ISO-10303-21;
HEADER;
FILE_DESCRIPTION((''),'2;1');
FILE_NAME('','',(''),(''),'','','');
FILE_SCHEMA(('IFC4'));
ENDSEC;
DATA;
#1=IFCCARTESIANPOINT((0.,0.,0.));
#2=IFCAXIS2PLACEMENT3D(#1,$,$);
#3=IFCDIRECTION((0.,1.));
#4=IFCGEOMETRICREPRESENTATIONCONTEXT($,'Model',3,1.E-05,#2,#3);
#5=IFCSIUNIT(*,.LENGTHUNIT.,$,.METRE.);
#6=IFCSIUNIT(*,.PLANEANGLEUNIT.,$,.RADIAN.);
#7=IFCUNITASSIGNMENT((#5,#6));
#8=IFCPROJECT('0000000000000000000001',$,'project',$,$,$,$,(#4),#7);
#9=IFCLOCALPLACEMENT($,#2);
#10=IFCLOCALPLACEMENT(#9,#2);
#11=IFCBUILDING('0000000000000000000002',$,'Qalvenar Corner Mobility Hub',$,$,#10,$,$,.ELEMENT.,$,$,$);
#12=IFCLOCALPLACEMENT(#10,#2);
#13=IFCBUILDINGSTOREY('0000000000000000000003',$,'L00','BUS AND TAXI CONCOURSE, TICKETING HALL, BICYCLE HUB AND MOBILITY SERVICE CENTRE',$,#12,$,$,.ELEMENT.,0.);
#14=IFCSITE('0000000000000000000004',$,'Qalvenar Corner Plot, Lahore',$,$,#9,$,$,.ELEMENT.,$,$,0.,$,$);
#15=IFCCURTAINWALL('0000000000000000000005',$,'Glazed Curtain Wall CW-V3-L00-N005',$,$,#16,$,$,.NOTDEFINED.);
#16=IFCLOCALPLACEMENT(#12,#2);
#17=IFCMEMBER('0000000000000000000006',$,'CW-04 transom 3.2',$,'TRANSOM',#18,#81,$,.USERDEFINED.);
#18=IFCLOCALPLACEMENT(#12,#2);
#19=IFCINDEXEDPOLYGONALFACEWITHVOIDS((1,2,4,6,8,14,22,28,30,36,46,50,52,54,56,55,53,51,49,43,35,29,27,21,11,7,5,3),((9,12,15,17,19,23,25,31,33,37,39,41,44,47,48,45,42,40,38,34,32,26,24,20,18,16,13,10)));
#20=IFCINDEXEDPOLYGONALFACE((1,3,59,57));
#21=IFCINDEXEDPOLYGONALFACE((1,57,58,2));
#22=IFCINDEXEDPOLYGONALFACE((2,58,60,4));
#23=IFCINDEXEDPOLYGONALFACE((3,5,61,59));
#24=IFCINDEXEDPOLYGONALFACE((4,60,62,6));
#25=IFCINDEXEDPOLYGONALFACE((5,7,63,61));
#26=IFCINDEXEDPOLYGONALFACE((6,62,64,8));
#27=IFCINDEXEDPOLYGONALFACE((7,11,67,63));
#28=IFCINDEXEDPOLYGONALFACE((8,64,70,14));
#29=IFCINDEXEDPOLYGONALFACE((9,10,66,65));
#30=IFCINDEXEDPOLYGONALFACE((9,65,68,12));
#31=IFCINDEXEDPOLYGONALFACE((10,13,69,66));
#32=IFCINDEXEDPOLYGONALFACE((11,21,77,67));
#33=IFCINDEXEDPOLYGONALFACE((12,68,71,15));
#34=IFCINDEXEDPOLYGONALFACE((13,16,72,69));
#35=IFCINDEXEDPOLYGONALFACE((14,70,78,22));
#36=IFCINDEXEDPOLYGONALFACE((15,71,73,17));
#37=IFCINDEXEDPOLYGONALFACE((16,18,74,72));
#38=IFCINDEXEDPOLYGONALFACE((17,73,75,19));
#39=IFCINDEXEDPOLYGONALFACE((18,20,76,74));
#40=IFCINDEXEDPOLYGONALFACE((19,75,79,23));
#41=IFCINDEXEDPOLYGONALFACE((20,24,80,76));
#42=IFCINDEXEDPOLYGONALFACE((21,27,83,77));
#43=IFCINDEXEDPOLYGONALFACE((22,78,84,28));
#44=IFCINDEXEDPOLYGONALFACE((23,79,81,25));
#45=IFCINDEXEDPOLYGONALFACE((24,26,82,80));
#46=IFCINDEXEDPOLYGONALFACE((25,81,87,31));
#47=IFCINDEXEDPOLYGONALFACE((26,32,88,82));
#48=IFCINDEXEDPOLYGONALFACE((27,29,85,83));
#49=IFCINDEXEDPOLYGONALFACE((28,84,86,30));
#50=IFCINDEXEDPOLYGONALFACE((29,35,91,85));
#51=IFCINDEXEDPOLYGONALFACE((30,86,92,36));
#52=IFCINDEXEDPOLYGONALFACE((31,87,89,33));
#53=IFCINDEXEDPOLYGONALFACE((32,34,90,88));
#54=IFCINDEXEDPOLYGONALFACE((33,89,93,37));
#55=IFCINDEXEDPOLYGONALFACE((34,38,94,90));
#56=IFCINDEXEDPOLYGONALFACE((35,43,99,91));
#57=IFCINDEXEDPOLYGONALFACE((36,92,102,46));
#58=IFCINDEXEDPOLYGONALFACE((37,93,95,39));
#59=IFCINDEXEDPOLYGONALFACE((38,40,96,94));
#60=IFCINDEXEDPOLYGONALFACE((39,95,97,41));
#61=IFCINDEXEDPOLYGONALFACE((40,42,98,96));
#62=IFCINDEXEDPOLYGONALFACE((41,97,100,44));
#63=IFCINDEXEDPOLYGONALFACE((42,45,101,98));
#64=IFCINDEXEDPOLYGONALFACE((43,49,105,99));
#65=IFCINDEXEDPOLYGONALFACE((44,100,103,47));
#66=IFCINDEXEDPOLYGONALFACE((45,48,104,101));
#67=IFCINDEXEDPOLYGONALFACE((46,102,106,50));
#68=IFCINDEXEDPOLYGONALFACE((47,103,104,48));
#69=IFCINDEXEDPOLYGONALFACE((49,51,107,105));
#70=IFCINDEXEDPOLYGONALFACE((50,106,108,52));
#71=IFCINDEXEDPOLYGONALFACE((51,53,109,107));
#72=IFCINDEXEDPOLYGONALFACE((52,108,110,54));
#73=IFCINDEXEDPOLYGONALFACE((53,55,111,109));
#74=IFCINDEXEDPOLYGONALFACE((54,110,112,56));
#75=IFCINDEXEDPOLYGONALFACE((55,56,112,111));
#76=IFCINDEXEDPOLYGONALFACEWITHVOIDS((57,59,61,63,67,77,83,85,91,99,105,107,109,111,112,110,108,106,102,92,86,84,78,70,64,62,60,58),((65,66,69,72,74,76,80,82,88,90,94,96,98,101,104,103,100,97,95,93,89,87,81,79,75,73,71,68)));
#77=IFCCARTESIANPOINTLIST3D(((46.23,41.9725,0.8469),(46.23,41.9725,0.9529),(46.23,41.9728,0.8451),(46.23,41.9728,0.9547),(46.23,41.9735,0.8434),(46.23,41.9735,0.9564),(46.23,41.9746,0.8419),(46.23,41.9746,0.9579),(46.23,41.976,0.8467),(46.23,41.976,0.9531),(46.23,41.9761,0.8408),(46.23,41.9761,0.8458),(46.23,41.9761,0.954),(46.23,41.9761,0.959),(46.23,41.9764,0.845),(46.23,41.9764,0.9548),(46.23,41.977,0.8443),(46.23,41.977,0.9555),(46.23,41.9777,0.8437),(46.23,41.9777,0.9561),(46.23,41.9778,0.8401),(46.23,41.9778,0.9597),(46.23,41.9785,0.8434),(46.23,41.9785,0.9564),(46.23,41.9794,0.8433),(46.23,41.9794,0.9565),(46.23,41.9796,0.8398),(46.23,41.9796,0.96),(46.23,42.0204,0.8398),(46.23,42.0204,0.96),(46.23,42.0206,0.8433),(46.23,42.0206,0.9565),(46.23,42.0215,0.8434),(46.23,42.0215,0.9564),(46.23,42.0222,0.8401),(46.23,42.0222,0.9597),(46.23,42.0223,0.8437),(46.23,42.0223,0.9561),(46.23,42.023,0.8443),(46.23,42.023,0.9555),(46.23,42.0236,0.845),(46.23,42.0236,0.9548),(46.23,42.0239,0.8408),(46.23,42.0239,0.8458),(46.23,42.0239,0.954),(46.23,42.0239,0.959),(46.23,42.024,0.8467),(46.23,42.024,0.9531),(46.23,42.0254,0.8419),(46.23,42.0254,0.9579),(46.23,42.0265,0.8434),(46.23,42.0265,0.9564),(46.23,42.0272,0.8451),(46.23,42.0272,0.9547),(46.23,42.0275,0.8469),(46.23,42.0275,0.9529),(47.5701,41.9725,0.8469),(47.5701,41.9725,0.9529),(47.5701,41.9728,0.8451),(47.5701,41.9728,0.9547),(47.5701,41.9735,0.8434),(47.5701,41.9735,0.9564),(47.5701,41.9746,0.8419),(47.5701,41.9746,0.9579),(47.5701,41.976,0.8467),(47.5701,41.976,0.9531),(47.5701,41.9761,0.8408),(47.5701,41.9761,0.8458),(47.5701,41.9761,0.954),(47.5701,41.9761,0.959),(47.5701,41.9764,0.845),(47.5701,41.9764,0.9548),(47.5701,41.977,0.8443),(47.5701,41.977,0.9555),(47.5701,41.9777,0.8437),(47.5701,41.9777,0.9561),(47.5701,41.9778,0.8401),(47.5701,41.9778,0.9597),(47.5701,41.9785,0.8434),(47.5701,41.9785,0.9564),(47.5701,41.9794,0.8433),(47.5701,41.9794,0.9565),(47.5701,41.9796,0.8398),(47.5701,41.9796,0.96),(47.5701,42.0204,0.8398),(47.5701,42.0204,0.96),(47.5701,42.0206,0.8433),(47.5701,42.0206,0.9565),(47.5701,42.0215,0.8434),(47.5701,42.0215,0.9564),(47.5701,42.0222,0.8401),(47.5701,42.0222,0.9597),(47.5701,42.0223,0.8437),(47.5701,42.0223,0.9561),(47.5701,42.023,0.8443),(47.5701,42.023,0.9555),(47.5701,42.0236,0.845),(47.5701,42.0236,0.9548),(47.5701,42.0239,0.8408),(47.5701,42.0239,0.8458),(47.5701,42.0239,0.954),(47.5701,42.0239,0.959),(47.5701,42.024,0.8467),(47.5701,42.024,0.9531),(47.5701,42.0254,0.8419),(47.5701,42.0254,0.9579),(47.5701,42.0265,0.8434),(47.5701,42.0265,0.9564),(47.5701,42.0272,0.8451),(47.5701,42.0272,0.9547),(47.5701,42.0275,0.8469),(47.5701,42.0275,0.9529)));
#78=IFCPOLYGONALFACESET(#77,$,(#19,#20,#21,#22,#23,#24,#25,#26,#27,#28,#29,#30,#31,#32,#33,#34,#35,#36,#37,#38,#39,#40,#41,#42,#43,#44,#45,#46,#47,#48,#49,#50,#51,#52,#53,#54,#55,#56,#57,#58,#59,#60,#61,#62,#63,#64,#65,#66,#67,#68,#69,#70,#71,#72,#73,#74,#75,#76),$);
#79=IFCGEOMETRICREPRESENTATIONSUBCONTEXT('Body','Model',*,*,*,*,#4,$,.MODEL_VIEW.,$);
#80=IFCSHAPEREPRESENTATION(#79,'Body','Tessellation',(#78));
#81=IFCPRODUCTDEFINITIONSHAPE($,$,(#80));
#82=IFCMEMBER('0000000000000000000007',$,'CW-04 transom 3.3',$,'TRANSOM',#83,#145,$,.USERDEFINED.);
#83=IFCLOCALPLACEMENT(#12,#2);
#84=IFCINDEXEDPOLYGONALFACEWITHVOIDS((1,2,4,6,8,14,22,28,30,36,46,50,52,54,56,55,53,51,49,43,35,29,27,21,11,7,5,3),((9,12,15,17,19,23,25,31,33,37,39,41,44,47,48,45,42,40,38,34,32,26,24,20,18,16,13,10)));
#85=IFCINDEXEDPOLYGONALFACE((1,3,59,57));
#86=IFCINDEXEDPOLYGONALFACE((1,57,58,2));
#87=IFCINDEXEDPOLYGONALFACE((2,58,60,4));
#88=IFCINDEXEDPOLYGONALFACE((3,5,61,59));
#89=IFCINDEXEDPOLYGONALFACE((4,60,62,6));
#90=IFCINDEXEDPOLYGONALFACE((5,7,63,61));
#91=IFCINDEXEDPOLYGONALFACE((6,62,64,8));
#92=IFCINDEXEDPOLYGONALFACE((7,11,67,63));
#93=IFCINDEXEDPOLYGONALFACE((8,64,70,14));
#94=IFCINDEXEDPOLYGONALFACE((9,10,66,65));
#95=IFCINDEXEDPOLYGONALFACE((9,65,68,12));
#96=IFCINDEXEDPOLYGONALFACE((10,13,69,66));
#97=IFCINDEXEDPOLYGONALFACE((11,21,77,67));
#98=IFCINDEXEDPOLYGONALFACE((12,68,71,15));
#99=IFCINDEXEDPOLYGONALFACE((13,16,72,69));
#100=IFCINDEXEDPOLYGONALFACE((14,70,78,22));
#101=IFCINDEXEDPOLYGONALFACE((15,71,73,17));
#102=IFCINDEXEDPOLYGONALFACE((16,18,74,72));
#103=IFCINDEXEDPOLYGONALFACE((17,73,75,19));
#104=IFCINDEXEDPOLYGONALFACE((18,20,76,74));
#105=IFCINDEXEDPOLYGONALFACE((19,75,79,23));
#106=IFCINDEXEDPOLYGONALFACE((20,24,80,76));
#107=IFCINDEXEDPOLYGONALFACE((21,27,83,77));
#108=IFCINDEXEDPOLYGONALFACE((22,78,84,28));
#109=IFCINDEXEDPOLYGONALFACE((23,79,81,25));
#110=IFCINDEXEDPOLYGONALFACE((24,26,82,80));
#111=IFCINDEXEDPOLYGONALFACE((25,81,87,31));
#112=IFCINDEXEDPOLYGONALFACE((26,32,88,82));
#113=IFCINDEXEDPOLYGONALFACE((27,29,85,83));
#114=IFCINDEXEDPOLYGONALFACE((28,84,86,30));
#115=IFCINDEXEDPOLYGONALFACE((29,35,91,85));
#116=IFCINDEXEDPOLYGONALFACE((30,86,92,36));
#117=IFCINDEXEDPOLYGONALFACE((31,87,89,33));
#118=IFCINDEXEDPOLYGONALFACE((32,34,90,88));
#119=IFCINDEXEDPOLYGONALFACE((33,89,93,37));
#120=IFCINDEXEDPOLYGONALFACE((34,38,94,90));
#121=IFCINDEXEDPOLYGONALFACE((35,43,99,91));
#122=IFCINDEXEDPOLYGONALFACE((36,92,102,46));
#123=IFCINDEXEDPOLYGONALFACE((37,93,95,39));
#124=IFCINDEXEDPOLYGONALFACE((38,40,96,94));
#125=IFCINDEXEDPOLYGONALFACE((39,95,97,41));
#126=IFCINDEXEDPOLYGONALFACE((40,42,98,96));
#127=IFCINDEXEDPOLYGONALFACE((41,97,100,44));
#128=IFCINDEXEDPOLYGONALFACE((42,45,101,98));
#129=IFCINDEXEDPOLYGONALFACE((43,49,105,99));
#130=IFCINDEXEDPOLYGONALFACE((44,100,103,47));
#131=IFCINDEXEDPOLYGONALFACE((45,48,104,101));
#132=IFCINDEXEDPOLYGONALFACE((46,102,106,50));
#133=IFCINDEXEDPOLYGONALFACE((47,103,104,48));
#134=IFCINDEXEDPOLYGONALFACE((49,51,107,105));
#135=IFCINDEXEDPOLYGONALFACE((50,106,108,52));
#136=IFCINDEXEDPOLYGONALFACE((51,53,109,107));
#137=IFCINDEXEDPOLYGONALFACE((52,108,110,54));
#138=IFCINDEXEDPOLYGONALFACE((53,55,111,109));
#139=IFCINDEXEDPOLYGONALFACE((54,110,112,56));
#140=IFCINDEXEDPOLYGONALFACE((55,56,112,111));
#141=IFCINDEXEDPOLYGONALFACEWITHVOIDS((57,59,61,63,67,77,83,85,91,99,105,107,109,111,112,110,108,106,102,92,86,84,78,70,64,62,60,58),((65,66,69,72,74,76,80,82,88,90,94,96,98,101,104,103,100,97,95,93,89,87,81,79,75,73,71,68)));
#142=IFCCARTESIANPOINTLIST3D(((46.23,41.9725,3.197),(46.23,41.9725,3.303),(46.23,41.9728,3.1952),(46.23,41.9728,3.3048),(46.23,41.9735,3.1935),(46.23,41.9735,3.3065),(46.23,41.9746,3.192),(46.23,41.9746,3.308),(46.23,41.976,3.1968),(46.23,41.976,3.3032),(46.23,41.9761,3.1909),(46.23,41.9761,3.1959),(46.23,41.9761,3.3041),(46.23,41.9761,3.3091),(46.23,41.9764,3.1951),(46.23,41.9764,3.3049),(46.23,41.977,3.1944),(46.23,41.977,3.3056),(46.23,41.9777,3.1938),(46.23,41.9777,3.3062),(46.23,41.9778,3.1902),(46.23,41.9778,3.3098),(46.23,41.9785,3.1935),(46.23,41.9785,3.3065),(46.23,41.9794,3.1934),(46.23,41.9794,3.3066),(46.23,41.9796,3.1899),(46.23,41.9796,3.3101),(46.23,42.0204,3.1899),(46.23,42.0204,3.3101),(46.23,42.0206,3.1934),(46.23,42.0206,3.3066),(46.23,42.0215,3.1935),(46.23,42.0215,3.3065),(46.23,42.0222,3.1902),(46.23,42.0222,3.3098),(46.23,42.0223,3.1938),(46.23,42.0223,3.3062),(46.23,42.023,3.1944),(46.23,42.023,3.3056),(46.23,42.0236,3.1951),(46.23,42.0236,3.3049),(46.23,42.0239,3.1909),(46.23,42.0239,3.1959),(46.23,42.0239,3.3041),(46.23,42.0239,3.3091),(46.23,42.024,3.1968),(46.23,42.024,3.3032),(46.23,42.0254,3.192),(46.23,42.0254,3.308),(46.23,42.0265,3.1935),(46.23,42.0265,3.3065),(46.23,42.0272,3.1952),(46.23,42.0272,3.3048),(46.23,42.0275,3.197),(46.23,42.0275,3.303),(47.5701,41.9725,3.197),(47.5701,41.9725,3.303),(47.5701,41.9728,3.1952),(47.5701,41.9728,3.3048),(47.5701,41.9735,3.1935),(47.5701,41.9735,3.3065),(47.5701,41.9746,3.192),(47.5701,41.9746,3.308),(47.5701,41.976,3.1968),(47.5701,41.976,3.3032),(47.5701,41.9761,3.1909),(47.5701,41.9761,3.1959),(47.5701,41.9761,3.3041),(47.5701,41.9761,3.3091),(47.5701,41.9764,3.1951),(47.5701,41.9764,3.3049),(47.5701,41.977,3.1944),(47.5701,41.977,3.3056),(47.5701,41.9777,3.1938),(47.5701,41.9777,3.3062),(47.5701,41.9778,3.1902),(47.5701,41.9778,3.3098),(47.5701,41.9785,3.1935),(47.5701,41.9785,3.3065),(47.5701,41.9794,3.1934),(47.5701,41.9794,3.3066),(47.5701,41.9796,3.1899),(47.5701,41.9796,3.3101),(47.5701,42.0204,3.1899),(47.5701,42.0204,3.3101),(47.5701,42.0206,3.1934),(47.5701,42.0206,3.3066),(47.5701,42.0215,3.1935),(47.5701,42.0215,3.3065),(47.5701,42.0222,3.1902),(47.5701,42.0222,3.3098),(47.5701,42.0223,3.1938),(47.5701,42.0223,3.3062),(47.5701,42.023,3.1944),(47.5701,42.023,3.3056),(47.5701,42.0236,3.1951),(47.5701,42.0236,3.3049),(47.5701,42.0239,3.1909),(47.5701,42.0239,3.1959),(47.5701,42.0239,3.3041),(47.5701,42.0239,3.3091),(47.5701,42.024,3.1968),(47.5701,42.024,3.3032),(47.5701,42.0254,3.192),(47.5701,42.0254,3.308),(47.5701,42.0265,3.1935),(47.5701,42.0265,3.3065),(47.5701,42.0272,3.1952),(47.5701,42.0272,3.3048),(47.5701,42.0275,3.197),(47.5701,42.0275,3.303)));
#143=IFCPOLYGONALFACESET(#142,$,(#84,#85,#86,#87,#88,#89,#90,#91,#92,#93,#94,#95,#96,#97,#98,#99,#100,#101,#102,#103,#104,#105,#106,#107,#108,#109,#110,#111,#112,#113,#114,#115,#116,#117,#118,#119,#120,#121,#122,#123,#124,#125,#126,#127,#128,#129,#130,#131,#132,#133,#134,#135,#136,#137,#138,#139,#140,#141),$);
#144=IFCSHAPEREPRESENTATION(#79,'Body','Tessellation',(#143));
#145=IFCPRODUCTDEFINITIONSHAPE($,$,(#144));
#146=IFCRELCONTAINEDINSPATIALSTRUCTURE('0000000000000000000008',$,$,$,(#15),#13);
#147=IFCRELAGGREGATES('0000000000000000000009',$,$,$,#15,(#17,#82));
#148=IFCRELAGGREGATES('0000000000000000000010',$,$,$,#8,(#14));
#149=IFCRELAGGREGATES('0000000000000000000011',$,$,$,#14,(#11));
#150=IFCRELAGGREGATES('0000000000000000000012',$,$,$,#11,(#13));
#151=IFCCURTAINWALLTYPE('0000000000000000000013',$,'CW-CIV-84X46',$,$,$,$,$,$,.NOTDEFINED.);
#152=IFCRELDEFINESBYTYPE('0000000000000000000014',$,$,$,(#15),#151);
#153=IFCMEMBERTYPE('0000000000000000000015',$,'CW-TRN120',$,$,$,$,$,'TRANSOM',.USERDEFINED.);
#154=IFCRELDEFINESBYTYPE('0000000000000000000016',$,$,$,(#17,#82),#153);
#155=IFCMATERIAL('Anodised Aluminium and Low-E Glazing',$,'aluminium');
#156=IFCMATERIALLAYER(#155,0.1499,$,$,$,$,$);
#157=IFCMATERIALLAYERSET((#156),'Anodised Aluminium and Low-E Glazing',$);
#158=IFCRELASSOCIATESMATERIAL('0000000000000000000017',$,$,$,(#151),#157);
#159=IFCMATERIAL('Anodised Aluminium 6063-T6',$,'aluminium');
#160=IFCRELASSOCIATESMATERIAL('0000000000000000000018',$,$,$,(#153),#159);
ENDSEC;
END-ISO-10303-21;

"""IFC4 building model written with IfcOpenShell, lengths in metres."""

from ifc_helpers import new_model, si_unit, direction, frame, origin, origin_2d, place, context, subcontext, project, spatial, hollow_rectangle, extrude, material, layer, layer_set, material_profile, profile_set, type_object, element, aggregate, save


model = new_model("IFC4")

# Units and contexts
model_context = context("Model", 3, precision=1e-05, world=origin(), true_north=direction((0.0, 1.0)))
body_context = subcontext(model_context, "Body", "Model", "MODEL_VIEW")
ifc_project = project(units=[si_unit("LENGTHUNIT", "METRE"), si_unit("PLANEANGLEUNIT", "RADIAN")], contexts=[model_context])

# Site, building, storey
site_placement = place(None, origin())
site = spatial("IfcSite", under=ifc_project, at=site_placement, Name="Qalvenar Corner Plot, Lahore", CompositionType="ELEMENT", RefElevation=0.0)
building_placement = place(site_placement, origin())
building = spatial("IfcBuilding", under=site, at=building_placement, Name="Qalvenar Corner Mobility Hub", CompositionType="ELEMENT")
storey_placement = place(building_placement, origin())
storey = spatial("IfcBuildingStorey", under=building, at=storey_placement, Name="L00", Description="BUS AND TAXI CONCOURSE, TICKETING HALL, BICYCLE HUB AND MOBILITY SERVICE CENTRE", CompositionType="ELEMENT", Elevation=0.0)

# Curtain wall, members
ifc_material_1 = material(Name="Anodised Aluminium and Low-E Glazing", Category="aluminium")
ifc_layer_1 = layer(ifc_material_1, 0.1499)
ifc_layer_set_1 = layer_set([ifc_layer_1], Name="Anodised Aluminium and Low-E Glazing")
curtain_wall_type = type_object("IfcCurtainWallType", Name="CW-CIV-84X46", PredefinedType="NOTDEFINED", material=ifc_layer_set_1)
curtain_wall_placement = place(storey_placement, origin())
curtain_wall = element("IfcCurtainWall", 1, at=curtain_wall_placement, inside=storey, type_object=curtain_wall_type, Name="Glazed Curtain Wall CW-V3-L00-N005", PredefinedType="NOTDEFINED")
ifc_material_2 = material(Name="Anodised Aluminium 6063-T6", Category="aluminium")
ifc_material_profile_1 = material_profile(ifc_material_2, hollow_rectangle(XDim=0.0549, YDim=0.1201, WallThickness=0.0034, InnerFilletRadius=0.0034, OuterFilletRadius=0.0071, at=origin_2d()), Name="RHS120x55x3.5")
ifc_profile_set_1 = profile_set([ifc_material_profile_1], Name="Anodised Aluminium 6063-T6")
member_type_1 = type_object("IfcMemberType", Name="CW-TRN120", ElementType="TRANSOM", PredefinedType="USERDEFINED", material=ifc_profile_set_1)
member_1_placement = place(storey_placement, frame((47.5701, 42.0, 0.8999), z_axis=(-1.0, 0.0, 0.0), x_axis=(0.0, -1.0, 0.0)))
member_1 = element("IfcMember", 2, at=member_1_placement, type_object=member_type_1, Name="CW-04 transom 3.2", ObjectType="TRANSOM", PredefinedType="USERDEFINED", context=body_context, shape_type="SweptSolid", body=[
    extrude(hollow_rectangle(XDim=0.0549, YDim=0.1201, WallThickness=0.0034, InnerFilletRadius=0.0034, OuterFilletRadius=0.0071, at=origin_2d()), origin(), (0.0, 0.0, 1.0), 1.3401),
])
member_2_placement = place(storey_placement, frame((47.5701, 42.0, 3.25), z_axis=(-1.0, 0.0, 0.0), x_axis=(0.0, -1.0, 0.0)))
member_2 = element("IfcMember", 3, at=member_2_placement, type_object=member_type_1, Name="CW-04 transom 3.3", ObjectType="TRANSOM", PredefinedType="USERDEFINED", context=body_context, shape_type="SweptSolid", body=[
    extrude(hollow_rectangle(XDim=0.0549, YDim=0.1201, WallThickness=0.0034, InnerFilletRadius=0.0034, OuterFilletRadius=0.0071, at=origin_2d()), origin(), (0.0, 0.0, 1.0), 1.3401),
])
aggregate(curtain_wall, [member_1, member_2])

save(model, "model.ifc")
